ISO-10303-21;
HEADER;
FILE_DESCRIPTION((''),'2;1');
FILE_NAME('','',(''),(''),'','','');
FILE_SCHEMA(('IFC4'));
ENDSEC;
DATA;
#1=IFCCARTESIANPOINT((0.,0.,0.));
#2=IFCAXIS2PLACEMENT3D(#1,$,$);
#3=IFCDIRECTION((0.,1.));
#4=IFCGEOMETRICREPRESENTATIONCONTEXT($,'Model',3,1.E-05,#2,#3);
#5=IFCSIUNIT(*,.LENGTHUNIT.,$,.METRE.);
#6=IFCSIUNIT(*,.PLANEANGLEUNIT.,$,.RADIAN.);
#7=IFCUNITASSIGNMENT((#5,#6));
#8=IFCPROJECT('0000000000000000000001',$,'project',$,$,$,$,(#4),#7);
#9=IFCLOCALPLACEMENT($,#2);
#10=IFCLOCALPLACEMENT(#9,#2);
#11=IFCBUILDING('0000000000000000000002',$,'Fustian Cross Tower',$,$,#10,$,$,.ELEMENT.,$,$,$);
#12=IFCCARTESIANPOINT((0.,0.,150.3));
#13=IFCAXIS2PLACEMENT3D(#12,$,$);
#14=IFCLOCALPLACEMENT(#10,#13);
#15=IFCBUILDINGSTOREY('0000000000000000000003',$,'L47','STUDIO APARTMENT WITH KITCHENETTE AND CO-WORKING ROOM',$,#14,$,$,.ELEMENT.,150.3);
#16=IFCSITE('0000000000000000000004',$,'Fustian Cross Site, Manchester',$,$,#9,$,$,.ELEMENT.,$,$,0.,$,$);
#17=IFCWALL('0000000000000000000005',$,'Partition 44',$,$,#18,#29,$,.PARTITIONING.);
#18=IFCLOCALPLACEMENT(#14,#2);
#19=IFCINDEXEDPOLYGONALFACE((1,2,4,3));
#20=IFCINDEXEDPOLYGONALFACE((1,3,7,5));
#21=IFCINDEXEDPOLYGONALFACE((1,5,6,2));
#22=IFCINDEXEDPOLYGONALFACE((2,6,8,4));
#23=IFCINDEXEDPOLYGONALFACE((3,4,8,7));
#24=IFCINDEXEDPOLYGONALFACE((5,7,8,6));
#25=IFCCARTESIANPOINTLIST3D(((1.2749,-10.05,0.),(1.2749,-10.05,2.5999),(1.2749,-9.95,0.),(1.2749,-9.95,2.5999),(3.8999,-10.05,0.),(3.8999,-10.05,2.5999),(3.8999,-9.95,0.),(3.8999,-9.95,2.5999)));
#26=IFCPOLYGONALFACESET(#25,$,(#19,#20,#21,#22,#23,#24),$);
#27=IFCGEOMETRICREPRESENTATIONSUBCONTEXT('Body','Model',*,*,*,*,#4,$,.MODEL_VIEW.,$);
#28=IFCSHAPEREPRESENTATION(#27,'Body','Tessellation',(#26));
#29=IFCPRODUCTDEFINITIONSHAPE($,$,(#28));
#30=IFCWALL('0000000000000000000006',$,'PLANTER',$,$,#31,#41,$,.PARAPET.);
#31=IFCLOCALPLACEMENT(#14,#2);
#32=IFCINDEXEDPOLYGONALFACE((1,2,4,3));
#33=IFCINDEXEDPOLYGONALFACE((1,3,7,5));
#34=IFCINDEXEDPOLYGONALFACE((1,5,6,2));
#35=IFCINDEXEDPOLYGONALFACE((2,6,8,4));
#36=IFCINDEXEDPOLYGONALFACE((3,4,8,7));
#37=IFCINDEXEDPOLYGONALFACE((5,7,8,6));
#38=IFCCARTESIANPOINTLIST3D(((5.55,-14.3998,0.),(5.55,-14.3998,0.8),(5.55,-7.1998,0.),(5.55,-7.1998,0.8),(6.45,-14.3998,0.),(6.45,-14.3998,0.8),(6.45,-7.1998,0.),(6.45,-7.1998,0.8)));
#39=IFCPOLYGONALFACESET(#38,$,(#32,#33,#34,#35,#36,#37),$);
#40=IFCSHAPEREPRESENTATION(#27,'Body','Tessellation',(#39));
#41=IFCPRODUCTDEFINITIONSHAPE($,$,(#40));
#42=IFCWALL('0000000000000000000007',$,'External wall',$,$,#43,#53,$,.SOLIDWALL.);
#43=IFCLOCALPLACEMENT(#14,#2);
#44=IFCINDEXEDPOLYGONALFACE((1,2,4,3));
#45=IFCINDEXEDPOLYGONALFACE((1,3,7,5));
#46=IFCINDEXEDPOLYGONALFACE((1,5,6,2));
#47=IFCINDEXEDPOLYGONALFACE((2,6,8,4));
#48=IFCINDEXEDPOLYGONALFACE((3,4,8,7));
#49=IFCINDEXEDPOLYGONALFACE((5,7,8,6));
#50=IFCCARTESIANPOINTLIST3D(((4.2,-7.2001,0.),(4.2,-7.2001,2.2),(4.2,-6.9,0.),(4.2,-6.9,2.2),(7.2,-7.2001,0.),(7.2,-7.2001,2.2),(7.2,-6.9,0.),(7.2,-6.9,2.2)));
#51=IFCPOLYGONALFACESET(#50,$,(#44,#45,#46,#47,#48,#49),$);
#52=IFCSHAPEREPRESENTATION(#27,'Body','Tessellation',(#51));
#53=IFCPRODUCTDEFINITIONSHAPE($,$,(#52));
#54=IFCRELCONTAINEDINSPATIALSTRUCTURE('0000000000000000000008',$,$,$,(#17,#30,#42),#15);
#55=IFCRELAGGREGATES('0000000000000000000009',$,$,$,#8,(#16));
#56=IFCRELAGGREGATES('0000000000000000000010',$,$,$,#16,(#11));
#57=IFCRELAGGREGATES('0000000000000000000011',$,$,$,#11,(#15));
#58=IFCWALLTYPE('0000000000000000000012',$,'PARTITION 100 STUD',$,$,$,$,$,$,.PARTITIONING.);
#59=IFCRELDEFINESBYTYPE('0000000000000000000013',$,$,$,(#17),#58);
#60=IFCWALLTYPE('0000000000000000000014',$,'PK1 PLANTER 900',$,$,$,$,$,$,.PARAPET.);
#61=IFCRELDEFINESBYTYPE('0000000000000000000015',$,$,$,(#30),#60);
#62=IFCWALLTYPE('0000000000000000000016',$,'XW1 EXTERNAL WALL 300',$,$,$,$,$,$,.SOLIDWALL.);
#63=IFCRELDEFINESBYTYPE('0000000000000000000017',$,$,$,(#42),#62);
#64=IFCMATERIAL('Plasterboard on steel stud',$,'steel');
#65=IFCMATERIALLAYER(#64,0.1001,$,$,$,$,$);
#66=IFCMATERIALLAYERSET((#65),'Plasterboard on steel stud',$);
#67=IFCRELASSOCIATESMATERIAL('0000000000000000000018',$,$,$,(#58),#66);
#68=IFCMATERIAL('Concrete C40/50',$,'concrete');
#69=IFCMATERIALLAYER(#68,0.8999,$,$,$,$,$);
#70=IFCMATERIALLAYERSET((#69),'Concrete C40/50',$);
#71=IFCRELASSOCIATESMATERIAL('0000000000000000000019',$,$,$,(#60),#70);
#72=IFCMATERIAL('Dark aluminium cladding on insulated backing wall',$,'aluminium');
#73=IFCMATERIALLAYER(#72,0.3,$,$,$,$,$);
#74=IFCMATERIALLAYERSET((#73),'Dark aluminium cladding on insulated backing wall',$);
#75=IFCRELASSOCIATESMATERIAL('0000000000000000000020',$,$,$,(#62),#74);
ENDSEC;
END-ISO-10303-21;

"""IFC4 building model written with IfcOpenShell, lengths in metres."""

from ifc_helpers import new_model, si_unit, direction, frame, frame_2d, origin, place, context, subcontext, project, spatial, rectangle, extrude, material, layer, layer_set, type_object, element, save


model = new_model("IFC4")

# Units and contexts
model_context = context("Model", 3, precision=1e-05, world=origin(), true_north=direction((0.0, 1.0)))
body_context = subcontext(model_context, "Body", "Model", "MODEL_VIEW")
ifc_project = project(units=[si_unit("LENGTHUNIT", "METRE"), si_unit("PLANEANGLEUNIT", "RADIAN")], contexts=[model_context])

# Site, building, storey
site_placement = place(None, origin())
site = spatial("IfcSite", under=ifc_project, at=site_placement, Name="Fustian Cross Site, Manchester", CompositionType="ELEMENT", RefElevation=0.0)
building_placement = place(site_placement, origin())
building = spatial("IfcBuilding", under=site, at=building_placement, Name="Fustian Cross Tower", CompositionType="ELEMENT")
storey_placement = place(building_placement, frame((0.0, 0.0, 150.3)))
storey = spatial("IfcBuildingStorey", under=building, at=storey_placement, Name="L47", Description="STUDIO APARTMENT WITH KITCHENETTE AND CO-WORKING ROOM", CompositionType="ELEMENT", Elevation=150.3)

# Walls
ifc_material_1 = material(Name="Plasterboard on steel stud", Category="steel")
ifc_layer_1 = layer(ifc_material_1, 0.1001)
ifc_layer_set_1 = layer_set([ifc_layer_1], Name="Plasterboard on steel stud")
wall_type_1 = type_object("IfcWallType", Name="PARTITION 100 STUD", PredefinedType="PARTITIONING", material=ifc_layer_set_1)
wall_1_placement = place(storey_placement, frame((1.2749, -10.0, 0.0), z_axis=(0.0, 0.0, 1.0), x_axis=(1.0, 0.0, 0.0)))
element("IfcWall", 1, at=wall_1_placement, inside=storey, type_object=wall_type_1, Name="Partition 44", PredefinedType="PARTITIONING", context=body_context, shape_type="SweptSolid", body=[
    extrude(rectangle(XDim=2.625, YDim=0.1001, at=frame_2d((1.3125, 0.0))), origin(), (0.0, 0.0, 1.0), 2.5999),
])
ifc_material_2 = material(Name="Concrete C40/50", Category="concrete")
ifc_layer_2 = layer(ifc_material_2, 0.8999)
ifc_layer_set_2 = layer_set([ifc_layer_2], Name="Concrete C40/50")
wall_type_2 = type_object("IfcWallType", Name="PK1 PLANTER 900", PredefinedType="PARAPET", material=ifc_layer_set_2)
wall_2_placement = place(storey_placement, frame((6.0, -14.3999, 0.0), z_axis=(0.0, 0.0, 1.0), x_axis=(0.0, 1.0, 0.0)))
element("IfcWall", 2, at=wall_2_placement, inside=storey, type_object=wall_type_2, Name="PLANTER", PredefinedType="PARAPET", context=body_context, shape_type="SweptSolid", body=[
    extrude(rectangle(XDim=7.2, YDim=0.8999, at=frame_2d((3.6001, 0.0))), origin(), (0.0, 0.0, 1.0), 0.8),
])
ifc_material_3 = material(Name="Dark aluminium cladding on insulated backing wall", Category="aluminium")
ifc_layer_3 = layer(ifc_material_3, 0.3)
ifc_layer_set_3 = layer_set([ifc_layer_3], Name="Dark aluminium cladding on insulated backing wall")
wall_type_3 = type_object("IfcWallType", Name="XW1 EXTERNAL WALL 300", PredefinedType="SOLIDWALL", material=ifc_layer_set_3)
wall_3_placement = place(storey_placement, frame((4.2, -7.05, 0.0), z_axis=(0.0, 0.0, 1.0), x_axis=(1.0, 0.0, 0.0)))
element("IfcWall", 3, at=wall_3_placement, inside=storey, type_object=wall_type_3, Name="External wall", PredefinedType="SOLIDWALL", context=body_context, shape_type="SweptSolid", body=[
    extrude(rectangle(XDim=3.0, YDim=0.3, at=frame_2d((1.5, 0.0))), origin(), (0.0, 0.0, 1.0), 2.2),
])

save(model, "model.ifc")
